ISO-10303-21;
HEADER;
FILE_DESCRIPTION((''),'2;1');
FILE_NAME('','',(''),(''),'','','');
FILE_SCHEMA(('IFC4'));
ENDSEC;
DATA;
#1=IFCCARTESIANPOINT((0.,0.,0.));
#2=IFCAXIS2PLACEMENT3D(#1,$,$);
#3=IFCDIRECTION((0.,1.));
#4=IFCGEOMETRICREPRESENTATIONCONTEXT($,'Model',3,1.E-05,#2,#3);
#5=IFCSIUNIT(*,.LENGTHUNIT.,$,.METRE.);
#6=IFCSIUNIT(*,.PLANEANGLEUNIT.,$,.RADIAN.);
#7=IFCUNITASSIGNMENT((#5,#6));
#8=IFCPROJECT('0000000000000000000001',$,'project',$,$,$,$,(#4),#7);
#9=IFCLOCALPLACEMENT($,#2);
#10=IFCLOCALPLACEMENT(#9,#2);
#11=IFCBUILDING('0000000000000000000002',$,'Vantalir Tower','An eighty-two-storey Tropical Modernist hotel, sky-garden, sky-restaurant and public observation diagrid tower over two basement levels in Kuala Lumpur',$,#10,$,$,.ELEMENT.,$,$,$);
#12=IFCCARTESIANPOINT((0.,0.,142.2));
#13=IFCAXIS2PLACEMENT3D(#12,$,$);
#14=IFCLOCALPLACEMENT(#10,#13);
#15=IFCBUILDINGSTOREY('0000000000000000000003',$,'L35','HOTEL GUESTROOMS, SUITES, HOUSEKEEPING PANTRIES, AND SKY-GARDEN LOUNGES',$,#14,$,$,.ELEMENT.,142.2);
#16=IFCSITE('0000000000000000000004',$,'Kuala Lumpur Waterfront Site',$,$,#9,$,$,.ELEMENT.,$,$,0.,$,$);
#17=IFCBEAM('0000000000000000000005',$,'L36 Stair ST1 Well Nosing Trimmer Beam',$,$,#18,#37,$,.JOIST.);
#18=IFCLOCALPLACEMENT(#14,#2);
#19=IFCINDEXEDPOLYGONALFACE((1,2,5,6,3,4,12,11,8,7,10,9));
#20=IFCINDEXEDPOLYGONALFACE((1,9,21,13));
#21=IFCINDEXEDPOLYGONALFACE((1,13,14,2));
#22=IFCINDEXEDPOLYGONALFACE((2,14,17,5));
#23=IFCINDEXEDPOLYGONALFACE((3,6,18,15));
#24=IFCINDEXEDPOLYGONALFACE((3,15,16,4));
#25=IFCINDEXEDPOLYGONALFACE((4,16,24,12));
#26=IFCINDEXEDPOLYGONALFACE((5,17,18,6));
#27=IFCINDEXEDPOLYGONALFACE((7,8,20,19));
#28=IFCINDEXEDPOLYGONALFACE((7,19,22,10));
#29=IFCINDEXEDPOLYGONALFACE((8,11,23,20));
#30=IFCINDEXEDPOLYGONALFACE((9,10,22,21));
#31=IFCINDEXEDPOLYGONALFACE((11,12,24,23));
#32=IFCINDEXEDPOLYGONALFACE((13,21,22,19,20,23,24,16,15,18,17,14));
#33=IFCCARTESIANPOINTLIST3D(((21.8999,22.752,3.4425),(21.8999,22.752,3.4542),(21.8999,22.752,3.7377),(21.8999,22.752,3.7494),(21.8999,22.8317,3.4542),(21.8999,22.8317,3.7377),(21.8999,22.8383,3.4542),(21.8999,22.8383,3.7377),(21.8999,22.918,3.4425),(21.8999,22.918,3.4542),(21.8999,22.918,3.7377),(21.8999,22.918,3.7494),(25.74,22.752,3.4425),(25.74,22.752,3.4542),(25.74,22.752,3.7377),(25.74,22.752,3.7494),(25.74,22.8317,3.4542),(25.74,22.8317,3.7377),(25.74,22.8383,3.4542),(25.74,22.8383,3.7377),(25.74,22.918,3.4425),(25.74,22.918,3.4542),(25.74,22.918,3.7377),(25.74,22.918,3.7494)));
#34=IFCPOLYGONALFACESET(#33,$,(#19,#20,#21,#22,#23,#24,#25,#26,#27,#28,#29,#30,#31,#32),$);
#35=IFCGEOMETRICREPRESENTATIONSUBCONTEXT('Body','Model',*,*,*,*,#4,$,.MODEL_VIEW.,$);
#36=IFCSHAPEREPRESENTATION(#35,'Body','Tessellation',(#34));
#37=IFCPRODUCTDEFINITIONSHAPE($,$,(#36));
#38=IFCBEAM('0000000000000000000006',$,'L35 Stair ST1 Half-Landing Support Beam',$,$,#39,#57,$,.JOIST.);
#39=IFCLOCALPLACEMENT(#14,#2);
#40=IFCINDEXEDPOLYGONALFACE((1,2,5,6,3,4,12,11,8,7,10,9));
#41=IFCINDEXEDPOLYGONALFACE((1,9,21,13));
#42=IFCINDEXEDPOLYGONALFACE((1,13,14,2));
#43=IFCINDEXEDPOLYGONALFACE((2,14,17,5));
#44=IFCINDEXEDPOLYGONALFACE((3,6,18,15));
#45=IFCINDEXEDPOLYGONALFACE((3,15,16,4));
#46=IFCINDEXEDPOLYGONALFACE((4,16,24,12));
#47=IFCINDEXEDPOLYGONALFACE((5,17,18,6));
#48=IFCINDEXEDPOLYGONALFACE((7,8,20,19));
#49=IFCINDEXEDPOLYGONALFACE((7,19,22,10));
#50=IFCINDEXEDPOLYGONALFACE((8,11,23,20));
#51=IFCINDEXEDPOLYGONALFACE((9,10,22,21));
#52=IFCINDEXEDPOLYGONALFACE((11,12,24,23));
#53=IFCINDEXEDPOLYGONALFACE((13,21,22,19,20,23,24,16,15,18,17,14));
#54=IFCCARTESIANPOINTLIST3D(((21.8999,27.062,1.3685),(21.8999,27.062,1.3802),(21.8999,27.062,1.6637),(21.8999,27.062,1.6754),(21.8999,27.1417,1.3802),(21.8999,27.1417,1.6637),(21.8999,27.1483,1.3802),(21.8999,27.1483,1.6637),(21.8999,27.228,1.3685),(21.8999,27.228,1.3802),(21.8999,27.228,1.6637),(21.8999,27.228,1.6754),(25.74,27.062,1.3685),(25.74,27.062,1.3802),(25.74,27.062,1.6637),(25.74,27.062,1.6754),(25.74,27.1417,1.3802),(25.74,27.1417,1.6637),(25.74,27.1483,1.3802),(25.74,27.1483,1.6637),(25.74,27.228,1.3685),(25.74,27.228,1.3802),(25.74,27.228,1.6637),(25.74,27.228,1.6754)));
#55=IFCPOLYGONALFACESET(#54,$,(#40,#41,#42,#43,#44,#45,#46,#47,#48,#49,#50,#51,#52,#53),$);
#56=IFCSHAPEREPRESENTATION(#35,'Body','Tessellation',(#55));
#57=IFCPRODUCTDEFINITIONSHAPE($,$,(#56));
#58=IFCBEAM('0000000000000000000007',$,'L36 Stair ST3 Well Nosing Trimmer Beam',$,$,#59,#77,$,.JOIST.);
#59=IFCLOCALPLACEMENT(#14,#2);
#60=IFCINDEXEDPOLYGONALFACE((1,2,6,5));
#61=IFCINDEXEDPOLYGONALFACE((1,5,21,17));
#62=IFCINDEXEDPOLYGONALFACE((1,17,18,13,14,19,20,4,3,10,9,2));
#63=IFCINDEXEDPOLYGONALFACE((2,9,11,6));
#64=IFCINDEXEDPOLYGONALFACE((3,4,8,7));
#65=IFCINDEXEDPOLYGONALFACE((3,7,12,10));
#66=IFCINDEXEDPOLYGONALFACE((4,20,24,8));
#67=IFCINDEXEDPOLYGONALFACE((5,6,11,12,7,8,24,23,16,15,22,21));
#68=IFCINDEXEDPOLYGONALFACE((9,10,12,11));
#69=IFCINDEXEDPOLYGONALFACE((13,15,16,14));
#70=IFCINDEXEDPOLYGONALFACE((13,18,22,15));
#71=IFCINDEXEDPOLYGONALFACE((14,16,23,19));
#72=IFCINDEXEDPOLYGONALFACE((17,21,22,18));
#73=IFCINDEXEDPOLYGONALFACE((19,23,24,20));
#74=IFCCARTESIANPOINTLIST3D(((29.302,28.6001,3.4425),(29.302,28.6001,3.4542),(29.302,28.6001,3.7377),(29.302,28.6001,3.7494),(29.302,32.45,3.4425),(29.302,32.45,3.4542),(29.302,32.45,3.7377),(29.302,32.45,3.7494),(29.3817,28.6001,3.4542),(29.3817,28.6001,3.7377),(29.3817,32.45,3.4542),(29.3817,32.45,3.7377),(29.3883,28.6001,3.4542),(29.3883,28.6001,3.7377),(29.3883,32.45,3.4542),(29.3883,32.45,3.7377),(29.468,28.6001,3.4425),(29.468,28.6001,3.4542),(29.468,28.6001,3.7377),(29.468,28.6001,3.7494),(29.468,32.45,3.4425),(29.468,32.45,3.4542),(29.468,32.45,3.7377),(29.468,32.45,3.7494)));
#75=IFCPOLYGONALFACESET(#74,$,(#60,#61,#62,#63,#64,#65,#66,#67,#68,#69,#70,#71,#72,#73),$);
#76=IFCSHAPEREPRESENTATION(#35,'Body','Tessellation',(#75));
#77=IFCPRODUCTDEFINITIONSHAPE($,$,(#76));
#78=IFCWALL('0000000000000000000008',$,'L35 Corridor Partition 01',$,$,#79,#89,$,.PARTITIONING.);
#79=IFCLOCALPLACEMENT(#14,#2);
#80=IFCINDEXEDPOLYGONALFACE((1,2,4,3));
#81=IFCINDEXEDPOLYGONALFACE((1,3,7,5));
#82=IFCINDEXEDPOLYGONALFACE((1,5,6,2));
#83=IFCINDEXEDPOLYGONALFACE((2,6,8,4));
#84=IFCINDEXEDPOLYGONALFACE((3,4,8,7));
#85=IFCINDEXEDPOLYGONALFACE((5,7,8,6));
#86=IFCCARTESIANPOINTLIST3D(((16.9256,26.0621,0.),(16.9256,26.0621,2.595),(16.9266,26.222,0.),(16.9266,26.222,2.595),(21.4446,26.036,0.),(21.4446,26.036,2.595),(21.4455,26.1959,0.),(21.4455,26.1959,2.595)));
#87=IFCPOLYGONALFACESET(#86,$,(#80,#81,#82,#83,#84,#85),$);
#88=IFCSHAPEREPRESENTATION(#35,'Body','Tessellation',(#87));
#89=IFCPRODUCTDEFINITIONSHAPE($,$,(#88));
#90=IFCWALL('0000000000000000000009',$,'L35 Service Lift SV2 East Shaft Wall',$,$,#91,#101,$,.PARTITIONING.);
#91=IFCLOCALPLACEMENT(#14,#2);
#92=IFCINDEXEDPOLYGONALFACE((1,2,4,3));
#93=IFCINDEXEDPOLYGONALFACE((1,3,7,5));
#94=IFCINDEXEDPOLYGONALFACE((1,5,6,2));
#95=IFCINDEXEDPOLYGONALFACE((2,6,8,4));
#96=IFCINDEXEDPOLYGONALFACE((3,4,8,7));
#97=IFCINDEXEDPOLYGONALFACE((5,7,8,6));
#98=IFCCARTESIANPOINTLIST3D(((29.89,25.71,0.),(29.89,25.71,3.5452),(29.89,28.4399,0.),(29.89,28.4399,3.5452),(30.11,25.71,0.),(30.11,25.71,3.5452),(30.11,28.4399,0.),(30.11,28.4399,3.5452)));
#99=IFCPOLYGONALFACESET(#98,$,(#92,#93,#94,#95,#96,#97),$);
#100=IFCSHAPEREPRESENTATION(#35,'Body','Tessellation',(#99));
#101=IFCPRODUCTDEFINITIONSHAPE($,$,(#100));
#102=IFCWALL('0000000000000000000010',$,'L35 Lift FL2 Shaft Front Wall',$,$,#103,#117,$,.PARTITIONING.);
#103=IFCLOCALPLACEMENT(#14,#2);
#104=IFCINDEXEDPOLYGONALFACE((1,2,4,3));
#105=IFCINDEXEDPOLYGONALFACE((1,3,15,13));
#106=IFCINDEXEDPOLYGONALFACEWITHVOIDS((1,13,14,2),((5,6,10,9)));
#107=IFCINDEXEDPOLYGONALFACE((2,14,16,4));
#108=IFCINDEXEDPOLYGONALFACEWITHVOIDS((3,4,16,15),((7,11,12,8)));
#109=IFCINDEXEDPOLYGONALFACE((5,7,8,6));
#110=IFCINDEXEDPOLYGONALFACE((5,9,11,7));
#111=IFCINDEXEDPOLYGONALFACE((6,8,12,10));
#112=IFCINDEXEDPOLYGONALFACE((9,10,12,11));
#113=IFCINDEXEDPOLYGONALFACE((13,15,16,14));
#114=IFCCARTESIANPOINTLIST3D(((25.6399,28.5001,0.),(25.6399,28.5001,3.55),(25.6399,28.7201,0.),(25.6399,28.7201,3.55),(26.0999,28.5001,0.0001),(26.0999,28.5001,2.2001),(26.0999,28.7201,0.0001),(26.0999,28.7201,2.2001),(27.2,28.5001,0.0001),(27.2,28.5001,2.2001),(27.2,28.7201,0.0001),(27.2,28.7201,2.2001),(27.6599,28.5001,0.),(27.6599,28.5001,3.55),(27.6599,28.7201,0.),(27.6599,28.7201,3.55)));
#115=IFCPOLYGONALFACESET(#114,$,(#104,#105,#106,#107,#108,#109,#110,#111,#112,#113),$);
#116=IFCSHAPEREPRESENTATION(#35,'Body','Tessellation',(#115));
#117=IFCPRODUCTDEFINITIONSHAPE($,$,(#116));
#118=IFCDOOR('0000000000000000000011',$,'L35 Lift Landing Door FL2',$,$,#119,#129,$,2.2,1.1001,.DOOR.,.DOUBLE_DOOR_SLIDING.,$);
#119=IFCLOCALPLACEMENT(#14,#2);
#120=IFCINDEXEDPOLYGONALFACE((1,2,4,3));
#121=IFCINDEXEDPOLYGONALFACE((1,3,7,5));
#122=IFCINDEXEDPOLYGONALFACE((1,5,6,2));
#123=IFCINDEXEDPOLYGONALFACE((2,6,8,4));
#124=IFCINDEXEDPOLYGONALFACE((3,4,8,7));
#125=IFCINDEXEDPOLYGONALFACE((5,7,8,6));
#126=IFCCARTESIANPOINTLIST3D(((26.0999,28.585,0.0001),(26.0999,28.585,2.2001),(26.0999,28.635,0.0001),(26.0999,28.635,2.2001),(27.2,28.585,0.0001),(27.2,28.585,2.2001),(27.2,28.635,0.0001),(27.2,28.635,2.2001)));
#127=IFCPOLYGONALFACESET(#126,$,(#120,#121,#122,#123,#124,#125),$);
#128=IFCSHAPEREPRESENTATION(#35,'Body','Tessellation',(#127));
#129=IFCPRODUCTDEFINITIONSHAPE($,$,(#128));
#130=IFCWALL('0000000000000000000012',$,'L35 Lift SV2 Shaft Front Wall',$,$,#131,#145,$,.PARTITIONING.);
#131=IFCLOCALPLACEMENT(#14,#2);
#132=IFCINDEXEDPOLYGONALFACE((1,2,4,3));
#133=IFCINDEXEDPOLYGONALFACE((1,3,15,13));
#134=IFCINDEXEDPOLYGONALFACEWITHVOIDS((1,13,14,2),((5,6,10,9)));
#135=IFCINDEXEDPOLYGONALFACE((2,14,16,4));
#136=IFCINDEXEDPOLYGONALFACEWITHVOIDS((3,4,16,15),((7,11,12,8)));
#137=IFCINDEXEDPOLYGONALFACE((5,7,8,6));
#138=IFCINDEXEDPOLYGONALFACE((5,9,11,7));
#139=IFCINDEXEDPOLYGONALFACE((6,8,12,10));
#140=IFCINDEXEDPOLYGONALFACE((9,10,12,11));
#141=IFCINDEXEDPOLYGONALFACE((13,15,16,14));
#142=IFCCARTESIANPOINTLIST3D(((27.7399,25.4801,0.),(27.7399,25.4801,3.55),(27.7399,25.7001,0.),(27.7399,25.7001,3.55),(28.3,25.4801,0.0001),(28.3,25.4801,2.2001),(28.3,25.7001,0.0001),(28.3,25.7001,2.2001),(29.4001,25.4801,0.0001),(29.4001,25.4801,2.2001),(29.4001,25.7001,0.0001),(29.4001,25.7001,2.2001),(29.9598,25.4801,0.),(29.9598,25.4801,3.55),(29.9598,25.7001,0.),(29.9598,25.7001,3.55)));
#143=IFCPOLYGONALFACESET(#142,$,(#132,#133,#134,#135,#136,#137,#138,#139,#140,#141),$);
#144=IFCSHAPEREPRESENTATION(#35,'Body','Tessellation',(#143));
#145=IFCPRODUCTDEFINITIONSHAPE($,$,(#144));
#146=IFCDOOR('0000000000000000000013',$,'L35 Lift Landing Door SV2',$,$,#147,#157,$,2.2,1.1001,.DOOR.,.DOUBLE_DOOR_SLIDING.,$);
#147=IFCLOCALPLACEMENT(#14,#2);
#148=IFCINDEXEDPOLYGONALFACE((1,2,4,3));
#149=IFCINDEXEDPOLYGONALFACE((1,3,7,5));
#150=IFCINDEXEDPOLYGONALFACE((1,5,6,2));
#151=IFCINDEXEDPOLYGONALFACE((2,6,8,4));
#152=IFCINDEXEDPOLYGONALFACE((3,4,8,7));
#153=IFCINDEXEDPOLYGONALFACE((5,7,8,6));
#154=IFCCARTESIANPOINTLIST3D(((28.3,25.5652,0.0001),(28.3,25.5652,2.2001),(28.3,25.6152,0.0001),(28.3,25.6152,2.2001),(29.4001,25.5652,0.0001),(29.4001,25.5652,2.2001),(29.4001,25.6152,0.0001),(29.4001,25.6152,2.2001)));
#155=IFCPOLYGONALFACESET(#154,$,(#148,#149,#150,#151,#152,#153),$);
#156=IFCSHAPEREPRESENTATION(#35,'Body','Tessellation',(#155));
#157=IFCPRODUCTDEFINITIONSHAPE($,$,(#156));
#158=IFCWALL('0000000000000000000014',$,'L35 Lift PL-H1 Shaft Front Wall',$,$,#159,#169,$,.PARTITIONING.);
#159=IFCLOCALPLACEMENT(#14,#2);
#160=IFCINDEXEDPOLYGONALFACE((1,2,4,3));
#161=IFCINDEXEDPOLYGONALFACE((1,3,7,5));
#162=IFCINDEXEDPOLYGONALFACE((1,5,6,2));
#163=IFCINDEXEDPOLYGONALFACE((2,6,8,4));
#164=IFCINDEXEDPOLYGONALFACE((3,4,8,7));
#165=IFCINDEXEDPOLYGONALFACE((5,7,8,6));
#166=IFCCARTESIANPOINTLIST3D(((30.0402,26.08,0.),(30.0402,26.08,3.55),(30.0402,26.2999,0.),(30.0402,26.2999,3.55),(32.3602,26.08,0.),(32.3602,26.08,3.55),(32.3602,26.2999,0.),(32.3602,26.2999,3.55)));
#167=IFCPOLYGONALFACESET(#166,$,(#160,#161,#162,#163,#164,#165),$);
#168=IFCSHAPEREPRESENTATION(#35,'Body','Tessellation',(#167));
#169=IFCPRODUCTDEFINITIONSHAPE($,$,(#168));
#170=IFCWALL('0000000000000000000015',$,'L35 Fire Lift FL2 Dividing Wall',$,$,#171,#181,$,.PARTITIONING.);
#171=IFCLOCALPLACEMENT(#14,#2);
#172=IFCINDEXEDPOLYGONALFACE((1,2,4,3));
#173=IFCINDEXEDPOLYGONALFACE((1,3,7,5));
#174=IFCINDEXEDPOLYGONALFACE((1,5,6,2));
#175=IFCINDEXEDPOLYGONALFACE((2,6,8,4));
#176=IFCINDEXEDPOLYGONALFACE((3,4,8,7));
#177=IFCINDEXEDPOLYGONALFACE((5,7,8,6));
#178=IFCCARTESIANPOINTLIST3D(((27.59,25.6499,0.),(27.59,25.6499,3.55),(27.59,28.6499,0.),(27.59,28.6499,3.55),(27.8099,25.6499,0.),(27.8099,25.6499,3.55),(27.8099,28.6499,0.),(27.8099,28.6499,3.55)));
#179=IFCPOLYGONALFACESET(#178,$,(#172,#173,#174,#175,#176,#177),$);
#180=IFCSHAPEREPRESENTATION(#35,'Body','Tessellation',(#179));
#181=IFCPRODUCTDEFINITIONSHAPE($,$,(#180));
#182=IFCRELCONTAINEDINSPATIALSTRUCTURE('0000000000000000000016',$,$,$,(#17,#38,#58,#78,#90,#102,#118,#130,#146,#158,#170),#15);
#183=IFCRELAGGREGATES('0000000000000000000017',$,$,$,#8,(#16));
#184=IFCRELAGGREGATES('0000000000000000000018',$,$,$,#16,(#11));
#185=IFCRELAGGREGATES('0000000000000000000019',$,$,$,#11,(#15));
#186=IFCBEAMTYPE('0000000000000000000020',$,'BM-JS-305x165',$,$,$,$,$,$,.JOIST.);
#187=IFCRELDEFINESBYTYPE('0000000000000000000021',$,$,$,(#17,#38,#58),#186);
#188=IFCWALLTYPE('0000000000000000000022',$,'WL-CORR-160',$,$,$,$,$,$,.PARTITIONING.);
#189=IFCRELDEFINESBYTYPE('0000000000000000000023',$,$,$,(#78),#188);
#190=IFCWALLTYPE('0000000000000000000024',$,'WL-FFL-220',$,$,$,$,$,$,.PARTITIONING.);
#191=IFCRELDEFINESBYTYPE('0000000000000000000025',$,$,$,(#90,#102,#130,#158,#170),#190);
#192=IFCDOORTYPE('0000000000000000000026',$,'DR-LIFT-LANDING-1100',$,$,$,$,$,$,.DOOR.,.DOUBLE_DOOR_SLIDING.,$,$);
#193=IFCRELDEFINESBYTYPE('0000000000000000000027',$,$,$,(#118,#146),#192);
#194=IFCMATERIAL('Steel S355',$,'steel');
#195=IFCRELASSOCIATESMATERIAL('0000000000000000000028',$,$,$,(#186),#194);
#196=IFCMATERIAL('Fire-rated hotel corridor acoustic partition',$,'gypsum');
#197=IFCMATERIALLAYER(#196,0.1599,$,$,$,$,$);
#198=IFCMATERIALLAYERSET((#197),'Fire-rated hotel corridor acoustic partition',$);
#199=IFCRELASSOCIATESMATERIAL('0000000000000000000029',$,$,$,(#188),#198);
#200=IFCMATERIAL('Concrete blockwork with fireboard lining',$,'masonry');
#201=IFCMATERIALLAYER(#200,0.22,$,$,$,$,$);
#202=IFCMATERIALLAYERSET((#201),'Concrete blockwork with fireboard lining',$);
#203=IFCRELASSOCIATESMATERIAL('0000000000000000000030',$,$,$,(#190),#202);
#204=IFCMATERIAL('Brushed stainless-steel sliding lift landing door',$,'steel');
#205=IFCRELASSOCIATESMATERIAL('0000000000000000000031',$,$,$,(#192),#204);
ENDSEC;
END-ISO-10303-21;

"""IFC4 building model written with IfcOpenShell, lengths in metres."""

from ifc_helpers import new_model, si_unit, direction, frame, frame_2d, origin, origin_2d, place, context, subcontext, project, spatial, rectangle, i_section, extrude, material, layer, layer_set, material_profile, profile_set, type_object, element, fill, save


model = new_model("IFC4")

# Units and contexts
model_context = context("Model", 3, precision=1e-05, world=origin(), true_north=direction((0.0, 1.0)))
body_context = subcontext(model_context, "Body", "Model", "MODEL_VIEW")
ifc_project = project(units=[si_unit("LENGTHUNIT", "METRE"), si_unit("PLANEANGLEUNIT", "RADIAN")], contexts=[model_context])

# Site, building, storey
site_placement = place(None, origin())
site = spatial("IfcSite", under=ifc_project, at=site_placement, Name="Kuala Lumpur Waterfront Site", CompositionType="ELEMENT", RefElevation=0.0)
building_placement = place(site_placement, origin())
building = spatial("IfcBuilding", under=site, at=building_placement, Name="Vantalir Tower", Description="An eighty-two-storey Tropical Modernist hotel, sky-garden, sky-restaurant and public observation diagrid tower over two basement levels in Kuala Lumpur", CompositionType="ELEMENT")
storey_placement = place(building_placement, frame((0.0, 0.0, 142.2)))
storey = spatial("IfcBuildingStorey", under=building, at=storey_placement, Name="L35", Description="HOTEL GUESTROOMS, SUITES, HOUSEKEEPING PANTRIES, AND SKY-GARDEN LOUNGES", CompositionType="ELEMENT", Elevation=142.2)

# Beams
ifc_material_1 = material(Name="Steel S355", Category="steel")
ifc_material_profile = material_profile(ifc_material_1, i_section(OverallWidth=0.166, OverallDepth=0.3069, WebThickness=0.0066, FlangeThickness=0.0117, at=origin_2d()), Name="Steel S355")
ifc_profile_set = profile_set([ifc_material_profile], Name="Steel S355")
beam_type = type_object("IfcBeamType", Name="BM-JS-305x165", PredefinedType="JOIST", material=ifc_profile_set)
for number, where, z_axis, x_axis, name in (
    (1, (21.8999, 22.835, 3.5959), (1.0, 0.0, 0.0), (0.0, 1.0, 0.0), "L36 Stair ST1 Well Nosing Trimmer Beam"),
    (2, (21.8999, 27.145, 1.522), (1.0, 0.0, 0.0), (0.0, 1.0, 0.0), "L35 Stair ST1 Half-Landing Support Beam"),
):
    element("IfcBeam", number, at=place(storey_placement, frame(where, z_axis=z_axis, x_axis=x_axis)), inside=storey, type_object=beam_type, Name=name, PredefinedType="JOIST", context=body_context, shape_type="SweptSolid", body=[
        extrude(i_section(OverallWidth=0.166, OverallDepth=0.3069, WebThickness=0.0066, FlangeThickness=0.0117, at=origin_2d()), origin(), (0.0, 0.0, 1.0), 3.8401),
    ])
beam_placement = place(storey_placement, frame((29.385, 28.6001, 3.5959), z_axis=(0.0, 1.0, 0.0), x_axis=(-1.0, 0.0, 0.0)))
element("IfcBeam", 3, at=beam_placement, inside=storey, type_object=beam_type, Name="L36 Stair ST3 Well Nosing Trimmer Beam", PredefinedType="JOIST", context=body_context, shape_type="SweptSolid", body=[
    extrude(i_section(OverallWidth=0.166, OverallDepth=0.3069, WebThickness=0.0066, FlangeThickness=0.0117, at=origin_2d()), origin(), (0.0, 0.0, 1.0), 3.8499),
])

# Walls
ifc_material_2 = material(Name="Fire-rated hotel corridor acoustic partition", Category="gypsum")
ifc_layer_1 = layer(ifc_material_2, 0.1599)
ifc_layer_set_1 = layer_set([ifc_layer_1], Name="Fire-rated hotel corridor acoustic partition")
wall_type_1 = type_object("IfcWallType", Name="WL-CORR-160", PredefinedType="PARTITIONING", material=ifc_layer_set_1)
wall_1_placement = place(storey_placement, frame((21.4451, 26.116, 0.0), z_axis=(0.0, 0.0, 1.0), x_axis=(-0.999983, 0.005781, 0.0)))
element("IfcWall", 4, at=wall_1_placement, inside=storey, type_object=wall_type_1, Name="L35 Corridor Partition 01", PredefinedType="PARTITIONING", context=body_context, shape_type="SweptSolid", body=[
    extrude(rectangle(XDim=4.519, YDim=0.1599, at=frame_2d((2.2595, 0.0))), origin(), (0.0, 0.0, 1.0), 2.595),
])
ifc_material_3 = material(Name="Concrete blockwork with fireboard lining", Category="masonry")
ifc_layer_2 = layer(ifc_material_3, 0.22)
ifc_layer_set_2 = layer_set([ifc_layer_2], Name="Concrete blockwork with fireboard lining")
wall_type_2 = type_object("IfcWallType", Name="WL-FFL-220", PredefinedType="PARTITIONING", material=ifc_layer_set_2)
wall_2_placement = place(storey_placement, frame((30.0, 25.71, 0.0), z_axis=(0.0, 0.0, 1.0), x_axis=(0.0, 1.0, 0.0)))
element("IfcWall", 5, at=wall_2_placement, inside=storey, type_object=wall_type_2, Name="L35 Service Lift SV2 East Shaft Wall", PredefinedType="PARTITIONING", context=body_context, shape_type="SweptSolid", body=[
    extrude(rectangle(XDim=2.73, YDim=0.22, at=frame_2d((1.365, 0.0))), origin(), (0.0, 0.0, 1.0), 3.5452),
])

# Walls, openings, doors
wall_3_placement = place(storey_placement, frame((25.6399, 28.6101, 0.0), z_axis=(0.0, 0.0, 1.0), x_axis=(1.0, 0.0, 0.0)))
wall_3 = element("IfcWall", 6, at=wall_3_placement, inside=storey, type_object=wall_type_2, Name="L35 Lift FL2 Shaft Front Wall", PredefinedType="PARTITIONING", context=body_context, shape_type="SweptSolid", body=[
    extrude(rectangle(XDim=2.02, YDim=0.22, at=frame_2d((1.01, 0.0))), origin(), (0.0, 0.0, 1.0), 3.55),
])
opening_1_placement = place(wall_3_placement, frame((0.46, 0.0, 0.0)))
opening_1 = element("IfcOpeningElement", 7, at=opening_1_placement, cuts=wall_3, PredefinedType="OPENING", context=body_context, shape_type="SweptSolid", body=[
    extrude(rectangle(XDim=1.1001, YDim=2.2, at=frame_2d((0.55, 1.1001))), frame((0.0, 0.1199, 0.0), z_axis=(0.0, -1.0, 0.0), x_axis=(1.0, 0.0, 0.0)), (0.0, 0.0, 1.0), 0.24),
])
ifc_material_4 = material(Name="Brushed stainless-steel sliding lift landing door", Category="steel")
door_type_1 = type_object("IfcDoorType", Name="DR-LIFT-LANDING-1100", OperationType="DOUBLE_DOOR_SLIDING", PredefinedType="DOOR", material=ifc_material_4)
door_1_placement = place(opening_1_placement, origin())
door_1 = element("IfcDoor", 8, at=door_1_placement, inside=storey, type_object=door_type_1, Name="L35 Lift Landing Door FL2", OperationType="DOUBLE_DOOR_SLIDING", OverallHeight=2.2, OverallWidth=1.1001, PredefinedType="DOOR", context=body_context, shape_type="SweptSolid", body=[
    extrude(rectangle(XDim=1.1001, YDim=2.2, at=frame_2d((0.55, 1.1001))), frame((0.0, 0.0249, 0.0), z_axis=(0.0, -1.0, 0.0), x_axis=(1.0, 0.0, 0.0)), (0.0, 0.0, 1.0), 0.05),
])
fill(opening_1, door_1)
wall_4_placement = place(storey_placement, frame((27.74, 25.5901, 0.0), z_axis=(0.0, 0.0, 1.0), x_axis=(1.0, 0.0, 0.0)))
wall_4 = element("IfcWall", 9, at=wall_4_placement, inside=storey, type_object=wall_type_2, Name="L35 Lift SV2 Shaft Front Wall", PredefinedType="PARTITIONING", context=body_context, shape_type="SweptSolid", body=[
    extrude(rectangle(XDim=2.22, YDim=0.22, at=frame_2d((1.1099, 0.0))), origin(), (0.0, 0.0, 1.0), 3.55),
])
opening_2_placement = place(wall_4_placement, frame((0.5601, 0.0, 0.0)))
opening_2 = element("IfcOpeningElement", 10, at=opening_2_placement, cuts=wall_4, PredefinedType="OPENING", context=body_context, shape_type="SweptSolid", body=[
    extrude(rectangle(XDim=1.1001, YDim=2.2, at=frame_2d((0.55, 1.1001))), frame((0.0, 0.1199, 0.0), z_axis=(0.0, -1.0, 0.0), x_axis=(1.0, 0.0, 0.0)), (0.0, 0.0, 1.0), 0.24),
])
door_2_placement = place(opening_2_placement, frame((1.1001, 0.0, 0.0), z_axis=(0.0, 0.0, 1.0), x_axis=(-1.0, 0.0, 0.0)))
door_2 = element("IfcDoor", 11, at=door_2_placement, inside=storey, type_object=door_type_1, Name="L35 Lift Landing Door SV2", OperationType="DOUBLE_DOOR_SLIDING", OverallHeight=2.2, OverallWidth=1.1001, PredefinedType="DOOR", context=body_context, shape_type="SweptSolid", body=[
    extrude(rectangle(XDim=1.1001, YDim=2.2, at=frame_2d((0.55, 1.1001))), frame((0.0, 0.0249, 0.0), z_axis=(0.0, -1.0, 0.0), x_axis=(1.0, 0.0, 0.0)), (0.0, 0.0, 1.0), 0.05),
])
fill(opening_2, door_2)

# Walls
wall_5_placement = place(storey_placement, frame((30.04, 26.1899, 0.0), z_axis=(0.0, 0.0, 1.0), x_axis=(1.0, 0.0, 0.0)))
element("IfcWall", 12, at=wall_5_placement, inside=storey, type_object=wall_type_2, Name="L35 Lift PL-H1 Shaft Front Wall", PredefinedType="PARTITIONING", context=body_context, shape_type="SweptSolid", body=[
    extrude(rectangle(XDim=2.3201, YDim=0.22, at=frame_2d((1.1602, 0.0))), origin(), (0.0, 0.0, 1.0), 3.55),
])
wall_6_placement = place(storey_placement, frame((27.7, 25.6499, 0.0), z_axis=(0.0, 0.0, 1.0), x_axis=(0.0, 1.0, 0.0)))
element("IfcWall", 13, at=wall_6_placement, inside=storey, type_object=wall_type_2, Name="L35 Fire Lift FL2 Dividing Wall", PredefinedType="PARTITIONING", context=body_context, shape_type="SweptSolid", body=[
    extrude(rectangle(XDim=3.0, YDim=0.22, at=frame_2d((1.5, 0.0))), origin(), (0.0, 0.0, 1.0), 3.55),
])

save(model, "model.ifc")
